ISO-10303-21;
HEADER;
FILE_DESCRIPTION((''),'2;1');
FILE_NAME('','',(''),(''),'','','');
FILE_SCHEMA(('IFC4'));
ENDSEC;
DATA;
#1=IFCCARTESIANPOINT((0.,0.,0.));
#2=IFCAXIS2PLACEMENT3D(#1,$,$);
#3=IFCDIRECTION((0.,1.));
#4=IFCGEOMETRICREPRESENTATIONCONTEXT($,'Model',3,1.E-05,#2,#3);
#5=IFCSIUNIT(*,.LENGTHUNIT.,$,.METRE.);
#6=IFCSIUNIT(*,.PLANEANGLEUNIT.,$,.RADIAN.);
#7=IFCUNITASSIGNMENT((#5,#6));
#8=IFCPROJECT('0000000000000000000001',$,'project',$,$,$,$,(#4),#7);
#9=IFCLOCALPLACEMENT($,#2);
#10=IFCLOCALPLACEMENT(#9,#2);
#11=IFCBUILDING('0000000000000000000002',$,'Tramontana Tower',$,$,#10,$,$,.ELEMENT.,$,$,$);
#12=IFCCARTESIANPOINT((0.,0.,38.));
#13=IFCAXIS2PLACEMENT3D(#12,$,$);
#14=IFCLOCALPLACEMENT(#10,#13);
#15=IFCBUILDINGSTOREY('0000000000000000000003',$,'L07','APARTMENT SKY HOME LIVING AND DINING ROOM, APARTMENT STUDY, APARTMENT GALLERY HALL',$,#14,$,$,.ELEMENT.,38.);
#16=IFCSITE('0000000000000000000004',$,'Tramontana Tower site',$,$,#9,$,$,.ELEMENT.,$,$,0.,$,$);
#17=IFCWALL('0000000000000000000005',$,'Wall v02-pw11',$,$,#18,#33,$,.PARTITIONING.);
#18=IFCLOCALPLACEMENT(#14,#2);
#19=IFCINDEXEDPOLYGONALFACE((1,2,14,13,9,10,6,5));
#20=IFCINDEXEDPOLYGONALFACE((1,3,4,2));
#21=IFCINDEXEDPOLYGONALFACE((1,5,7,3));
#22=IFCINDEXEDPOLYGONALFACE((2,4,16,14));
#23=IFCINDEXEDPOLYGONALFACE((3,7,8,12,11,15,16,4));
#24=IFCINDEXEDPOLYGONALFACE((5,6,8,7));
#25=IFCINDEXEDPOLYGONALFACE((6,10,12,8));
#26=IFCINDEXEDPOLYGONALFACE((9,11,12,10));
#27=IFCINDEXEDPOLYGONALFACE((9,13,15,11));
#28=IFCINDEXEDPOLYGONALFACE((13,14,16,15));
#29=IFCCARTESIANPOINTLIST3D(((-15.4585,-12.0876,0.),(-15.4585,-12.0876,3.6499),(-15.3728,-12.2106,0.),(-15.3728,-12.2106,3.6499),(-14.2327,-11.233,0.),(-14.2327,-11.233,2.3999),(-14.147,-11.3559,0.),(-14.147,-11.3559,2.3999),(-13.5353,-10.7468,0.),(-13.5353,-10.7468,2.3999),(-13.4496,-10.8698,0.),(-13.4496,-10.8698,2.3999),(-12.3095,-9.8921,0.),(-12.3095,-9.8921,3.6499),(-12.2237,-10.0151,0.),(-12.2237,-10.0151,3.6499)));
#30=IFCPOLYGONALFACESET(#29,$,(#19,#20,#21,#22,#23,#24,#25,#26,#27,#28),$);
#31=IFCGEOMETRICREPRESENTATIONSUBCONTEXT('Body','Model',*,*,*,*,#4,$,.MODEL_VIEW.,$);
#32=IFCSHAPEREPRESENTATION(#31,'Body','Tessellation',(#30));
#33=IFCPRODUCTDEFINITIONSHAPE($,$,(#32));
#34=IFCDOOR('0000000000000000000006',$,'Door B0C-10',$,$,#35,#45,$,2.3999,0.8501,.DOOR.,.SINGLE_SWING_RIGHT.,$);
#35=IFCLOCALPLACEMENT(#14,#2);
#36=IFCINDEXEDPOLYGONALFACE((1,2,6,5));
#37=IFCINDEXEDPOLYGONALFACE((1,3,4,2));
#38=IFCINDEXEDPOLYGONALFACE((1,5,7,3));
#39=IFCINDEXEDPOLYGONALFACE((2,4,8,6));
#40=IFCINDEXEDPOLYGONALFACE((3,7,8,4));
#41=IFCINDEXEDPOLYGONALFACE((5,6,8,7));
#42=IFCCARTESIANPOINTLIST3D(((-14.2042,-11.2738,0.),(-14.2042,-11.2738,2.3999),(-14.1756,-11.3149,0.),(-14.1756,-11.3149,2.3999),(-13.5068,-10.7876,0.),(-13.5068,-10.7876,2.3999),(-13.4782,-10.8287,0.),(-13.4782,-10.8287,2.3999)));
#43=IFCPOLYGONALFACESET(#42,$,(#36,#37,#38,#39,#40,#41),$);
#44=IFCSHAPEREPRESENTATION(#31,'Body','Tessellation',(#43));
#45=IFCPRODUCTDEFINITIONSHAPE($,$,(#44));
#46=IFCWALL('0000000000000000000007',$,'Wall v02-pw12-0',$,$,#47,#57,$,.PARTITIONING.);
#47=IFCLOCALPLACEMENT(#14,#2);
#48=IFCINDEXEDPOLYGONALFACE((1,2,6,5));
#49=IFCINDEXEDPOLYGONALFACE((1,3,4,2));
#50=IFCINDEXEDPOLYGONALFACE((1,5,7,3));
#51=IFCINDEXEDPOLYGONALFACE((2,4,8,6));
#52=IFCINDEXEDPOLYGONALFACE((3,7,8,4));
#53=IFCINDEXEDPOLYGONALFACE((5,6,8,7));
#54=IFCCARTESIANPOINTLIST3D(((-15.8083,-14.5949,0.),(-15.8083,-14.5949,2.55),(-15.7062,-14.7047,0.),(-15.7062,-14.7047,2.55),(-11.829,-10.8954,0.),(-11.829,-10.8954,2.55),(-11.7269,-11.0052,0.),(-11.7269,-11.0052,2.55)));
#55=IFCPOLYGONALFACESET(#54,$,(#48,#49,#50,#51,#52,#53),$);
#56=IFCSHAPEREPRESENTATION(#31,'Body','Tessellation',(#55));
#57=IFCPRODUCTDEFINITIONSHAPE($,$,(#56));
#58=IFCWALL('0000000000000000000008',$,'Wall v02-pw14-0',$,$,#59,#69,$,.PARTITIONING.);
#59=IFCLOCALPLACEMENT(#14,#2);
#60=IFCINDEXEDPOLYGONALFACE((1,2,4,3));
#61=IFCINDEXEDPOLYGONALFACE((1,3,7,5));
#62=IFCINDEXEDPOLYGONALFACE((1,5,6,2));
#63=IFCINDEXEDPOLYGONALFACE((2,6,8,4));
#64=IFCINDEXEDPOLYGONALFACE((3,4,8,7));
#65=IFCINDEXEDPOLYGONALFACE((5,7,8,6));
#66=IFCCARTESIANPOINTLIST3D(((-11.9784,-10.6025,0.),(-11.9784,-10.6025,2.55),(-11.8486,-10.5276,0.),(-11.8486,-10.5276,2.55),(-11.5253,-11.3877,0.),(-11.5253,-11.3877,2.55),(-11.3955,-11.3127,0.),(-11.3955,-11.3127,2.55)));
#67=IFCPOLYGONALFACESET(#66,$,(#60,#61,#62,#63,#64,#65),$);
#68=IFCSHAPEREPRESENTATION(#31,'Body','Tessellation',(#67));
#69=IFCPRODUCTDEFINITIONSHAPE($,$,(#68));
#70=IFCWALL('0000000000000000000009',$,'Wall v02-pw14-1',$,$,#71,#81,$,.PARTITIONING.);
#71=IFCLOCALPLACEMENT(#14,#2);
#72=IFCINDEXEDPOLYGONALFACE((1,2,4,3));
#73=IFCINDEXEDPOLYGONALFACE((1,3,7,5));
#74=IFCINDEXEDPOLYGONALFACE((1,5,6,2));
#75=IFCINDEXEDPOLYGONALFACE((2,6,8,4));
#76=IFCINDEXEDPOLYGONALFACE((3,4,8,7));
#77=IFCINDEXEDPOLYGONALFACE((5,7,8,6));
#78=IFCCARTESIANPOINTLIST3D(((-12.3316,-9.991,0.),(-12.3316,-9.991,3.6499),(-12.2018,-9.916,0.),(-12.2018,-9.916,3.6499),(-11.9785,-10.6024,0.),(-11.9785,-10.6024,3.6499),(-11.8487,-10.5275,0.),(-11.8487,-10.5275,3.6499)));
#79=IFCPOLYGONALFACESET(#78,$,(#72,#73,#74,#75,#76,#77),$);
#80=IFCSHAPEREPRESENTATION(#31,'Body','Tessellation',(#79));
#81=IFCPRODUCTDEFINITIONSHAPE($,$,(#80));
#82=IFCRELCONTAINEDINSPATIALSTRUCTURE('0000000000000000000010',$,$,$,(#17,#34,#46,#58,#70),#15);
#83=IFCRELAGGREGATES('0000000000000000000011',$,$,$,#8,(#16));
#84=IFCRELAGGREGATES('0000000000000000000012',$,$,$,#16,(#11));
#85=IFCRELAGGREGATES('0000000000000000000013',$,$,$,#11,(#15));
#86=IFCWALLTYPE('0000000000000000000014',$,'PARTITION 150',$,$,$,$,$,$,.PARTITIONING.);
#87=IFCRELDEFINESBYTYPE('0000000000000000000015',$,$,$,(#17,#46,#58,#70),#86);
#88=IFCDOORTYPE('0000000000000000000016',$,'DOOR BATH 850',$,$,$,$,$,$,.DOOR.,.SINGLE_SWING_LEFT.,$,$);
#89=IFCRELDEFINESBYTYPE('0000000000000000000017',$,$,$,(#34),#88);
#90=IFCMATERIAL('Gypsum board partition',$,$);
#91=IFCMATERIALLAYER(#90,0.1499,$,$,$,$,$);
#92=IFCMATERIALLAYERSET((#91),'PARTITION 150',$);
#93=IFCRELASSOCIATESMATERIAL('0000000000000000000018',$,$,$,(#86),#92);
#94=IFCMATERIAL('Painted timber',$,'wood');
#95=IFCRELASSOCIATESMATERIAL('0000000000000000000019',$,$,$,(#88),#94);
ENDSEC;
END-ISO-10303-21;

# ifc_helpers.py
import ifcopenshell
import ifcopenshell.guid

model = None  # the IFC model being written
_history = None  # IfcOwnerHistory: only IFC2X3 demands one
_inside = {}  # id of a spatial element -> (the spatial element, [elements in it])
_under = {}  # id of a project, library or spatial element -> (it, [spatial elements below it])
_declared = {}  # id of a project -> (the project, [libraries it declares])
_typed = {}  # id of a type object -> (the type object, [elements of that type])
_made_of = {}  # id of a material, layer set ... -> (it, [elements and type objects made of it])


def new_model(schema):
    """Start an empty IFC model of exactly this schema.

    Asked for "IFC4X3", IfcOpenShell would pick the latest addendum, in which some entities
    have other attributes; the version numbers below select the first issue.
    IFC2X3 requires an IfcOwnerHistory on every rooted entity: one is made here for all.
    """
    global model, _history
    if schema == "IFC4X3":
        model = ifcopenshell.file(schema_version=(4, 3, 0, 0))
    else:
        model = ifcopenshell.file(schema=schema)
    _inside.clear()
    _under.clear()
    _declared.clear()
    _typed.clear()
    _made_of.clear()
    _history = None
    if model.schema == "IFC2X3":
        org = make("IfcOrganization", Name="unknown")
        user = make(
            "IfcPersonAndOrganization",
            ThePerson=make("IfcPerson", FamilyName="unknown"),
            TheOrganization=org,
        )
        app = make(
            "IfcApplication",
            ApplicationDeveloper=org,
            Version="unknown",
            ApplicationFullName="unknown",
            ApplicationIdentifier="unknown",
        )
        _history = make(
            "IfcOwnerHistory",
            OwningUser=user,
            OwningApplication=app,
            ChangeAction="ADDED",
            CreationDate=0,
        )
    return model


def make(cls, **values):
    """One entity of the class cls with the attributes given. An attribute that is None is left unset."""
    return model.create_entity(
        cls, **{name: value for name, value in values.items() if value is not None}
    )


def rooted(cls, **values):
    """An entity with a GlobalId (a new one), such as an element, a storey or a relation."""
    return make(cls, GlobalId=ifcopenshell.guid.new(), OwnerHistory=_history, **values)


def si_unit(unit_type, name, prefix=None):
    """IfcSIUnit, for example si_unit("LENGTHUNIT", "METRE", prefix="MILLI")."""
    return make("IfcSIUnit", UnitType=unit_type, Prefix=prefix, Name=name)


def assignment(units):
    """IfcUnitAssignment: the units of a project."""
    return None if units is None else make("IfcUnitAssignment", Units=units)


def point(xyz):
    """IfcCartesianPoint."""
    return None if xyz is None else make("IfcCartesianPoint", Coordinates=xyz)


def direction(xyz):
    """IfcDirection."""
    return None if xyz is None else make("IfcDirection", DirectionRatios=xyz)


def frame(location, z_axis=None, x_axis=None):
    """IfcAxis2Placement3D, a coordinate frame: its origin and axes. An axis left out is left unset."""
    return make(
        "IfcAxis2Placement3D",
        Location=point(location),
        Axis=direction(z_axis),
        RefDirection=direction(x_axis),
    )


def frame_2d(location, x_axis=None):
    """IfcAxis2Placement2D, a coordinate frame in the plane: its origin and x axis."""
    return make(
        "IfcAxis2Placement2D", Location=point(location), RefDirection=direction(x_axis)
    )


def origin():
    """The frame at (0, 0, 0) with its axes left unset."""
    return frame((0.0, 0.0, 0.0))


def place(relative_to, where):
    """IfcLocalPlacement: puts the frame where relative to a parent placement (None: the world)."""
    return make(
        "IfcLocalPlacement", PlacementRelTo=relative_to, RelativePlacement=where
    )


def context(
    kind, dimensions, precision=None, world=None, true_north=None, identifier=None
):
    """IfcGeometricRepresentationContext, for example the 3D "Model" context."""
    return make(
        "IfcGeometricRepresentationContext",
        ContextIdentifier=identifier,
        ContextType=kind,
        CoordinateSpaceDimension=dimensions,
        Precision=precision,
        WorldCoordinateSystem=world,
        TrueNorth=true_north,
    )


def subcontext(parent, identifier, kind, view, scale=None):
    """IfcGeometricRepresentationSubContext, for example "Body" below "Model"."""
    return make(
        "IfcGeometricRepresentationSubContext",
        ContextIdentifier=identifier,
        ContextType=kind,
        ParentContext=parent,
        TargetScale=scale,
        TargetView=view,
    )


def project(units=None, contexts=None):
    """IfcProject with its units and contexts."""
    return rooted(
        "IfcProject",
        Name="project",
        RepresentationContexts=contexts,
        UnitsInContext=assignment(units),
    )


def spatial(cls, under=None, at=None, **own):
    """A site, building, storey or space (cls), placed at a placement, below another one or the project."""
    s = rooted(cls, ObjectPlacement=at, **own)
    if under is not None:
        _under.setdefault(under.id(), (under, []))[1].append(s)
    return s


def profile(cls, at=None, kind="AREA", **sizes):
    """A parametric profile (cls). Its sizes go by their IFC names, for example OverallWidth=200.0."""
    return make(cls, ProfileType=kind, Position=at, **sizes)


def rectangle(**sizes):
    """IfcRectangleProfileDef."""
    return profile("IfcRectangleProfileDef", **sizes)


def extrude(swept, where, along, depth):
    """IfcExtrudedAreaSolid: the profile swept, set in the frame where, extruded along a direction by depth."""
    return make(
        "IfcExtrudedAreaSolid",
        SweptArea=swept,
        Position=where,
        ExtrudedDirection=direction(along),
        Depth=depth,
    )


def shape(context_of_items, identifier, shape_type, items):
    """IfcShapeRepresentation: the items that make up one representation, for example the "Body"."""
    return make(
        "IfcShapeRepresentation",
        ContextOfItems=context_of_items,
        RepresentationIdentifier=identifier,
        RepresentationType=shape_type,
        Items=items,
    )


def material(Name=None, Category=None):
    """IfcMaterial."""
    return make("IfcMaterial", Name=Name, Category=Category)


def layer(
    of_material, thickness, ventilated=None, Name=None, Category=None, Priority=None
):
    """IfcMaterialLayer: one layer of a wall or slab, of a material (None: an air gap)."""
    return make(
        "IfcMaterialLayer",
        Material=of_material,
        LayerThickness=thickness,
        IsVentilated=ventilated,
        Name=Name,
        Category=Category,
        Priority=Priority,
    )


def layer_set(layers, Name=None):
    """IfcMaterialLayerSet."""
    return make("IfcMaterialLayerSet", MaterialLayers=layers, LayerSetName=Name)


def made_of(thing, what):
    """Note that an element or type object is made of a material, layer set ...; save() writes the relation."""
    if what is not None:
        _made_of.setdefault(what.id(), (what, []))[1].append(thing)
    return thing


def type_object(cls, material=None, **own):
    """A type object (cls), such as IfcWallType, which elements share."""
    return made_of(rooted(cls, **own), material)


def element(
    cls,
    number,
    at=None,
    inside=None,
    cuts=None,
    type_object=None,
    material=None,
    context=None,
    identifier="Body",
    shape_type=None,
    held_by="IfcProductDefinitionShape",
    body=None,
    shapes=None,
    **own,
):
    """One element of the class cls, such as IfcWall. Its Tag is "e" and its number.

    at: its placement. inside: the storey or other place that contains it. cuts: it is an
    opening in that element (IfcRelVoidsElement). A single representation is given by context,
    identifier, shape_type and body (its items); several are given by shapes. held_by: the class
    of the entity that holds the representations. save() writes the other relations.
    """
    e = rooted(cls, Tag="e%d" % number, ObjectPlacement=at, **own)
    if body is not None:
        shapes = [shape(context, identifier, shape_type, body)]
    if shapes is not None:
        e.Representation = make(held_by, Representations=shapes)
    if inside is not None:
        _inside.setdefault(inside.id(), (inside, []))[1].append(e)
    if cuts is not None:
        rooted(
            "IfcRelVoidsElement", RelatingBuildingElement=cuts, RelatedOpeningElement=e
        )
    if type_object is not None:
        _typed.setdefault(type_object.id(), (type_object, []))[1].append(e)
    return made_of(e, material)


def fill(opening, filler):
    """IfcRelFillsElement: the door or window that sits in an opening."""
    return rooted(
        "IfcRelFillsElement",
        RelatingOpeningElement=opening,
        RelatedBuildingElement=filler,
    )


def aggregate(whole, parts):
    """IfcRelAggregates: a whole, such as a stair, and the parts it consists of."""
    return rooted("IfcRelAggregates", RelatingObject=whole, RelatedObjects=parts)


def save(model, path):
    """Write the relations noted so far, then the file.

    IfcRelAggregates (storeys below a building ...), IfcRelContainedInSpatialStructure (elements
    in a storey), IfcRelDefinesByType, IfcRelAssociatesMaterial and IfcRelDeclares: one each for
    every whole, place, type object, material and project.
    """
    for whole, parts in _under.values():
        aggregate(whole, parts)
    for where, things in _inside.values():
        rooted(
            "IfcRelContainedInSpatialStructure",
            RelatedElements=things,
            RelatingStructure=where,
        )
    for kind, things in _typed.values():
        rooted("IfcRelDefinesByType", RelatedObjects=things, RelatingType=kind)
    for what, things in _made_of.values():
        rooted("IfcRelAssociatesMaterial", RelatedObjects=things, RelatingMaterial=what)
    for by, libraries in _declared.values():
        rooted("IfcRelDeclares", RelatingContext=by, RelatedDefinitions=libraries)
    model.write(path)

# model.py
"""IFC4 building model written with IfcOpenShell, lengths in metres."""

from ifc_helpers import new_model, si_unit, direction, frame, frame_2d, origin, place, context, subcontext, project, spatial, rectangle, extrude, material, layer, layer_set, type_object, element, fill, save


model = new_model("IFC4")

# Units and contexts
model_context = context("Model", 3, precision=1e-05, world=origin(), true_north=direction((0.0, 1.0)))
body_context = subcontext(model_context, "Body", "Model", "MODEL_VIEW")
ifc_project = project(units=[si_unit("LENGTHUNIT", "METRE"), si_unit("PLANEANGLEUNIT", "RADIAN")], contexts=[model_context])

# Site, building, storey
site_placement = place(None, origin())
site = spatial("IfcSite", under=ifc_project, at=site_placement, Name="Tramontana Tower site", CompositionType="ELEMENT", RefElevation=0.0)
building_placement = place(site_placement, origin())
building = spatial("IfcBuilding", under=site, at=building_placement, Name="Tramontana Tower", CompositionType="ELEMENT")
storey_placement = place(building_placement, frame((0.0, 0.0, 38.0)))
storey = spatial("IfcBuildingStorey", under=building, at=storey_placement, Name="L07", Description="APARTMENT SKY HOME LIVING AND DINING ROOM, APARTMENT STUDY, APARTMENT GALLERY HALL", CompositionType="ELEMENT", Elevation=38.0)

# Wall, opening, door
ifc_material_1 = material(Name="Gypsum board partition")
ifc_layer_1 = layer(ifc_material_1, 0.1499)
ifc_layer_set_1 = layer_set([ifc_layer_1], Name="PARTITION 150")
wall_type_1 = type_object("IfcWallType", Name="PARTITION 150", PredefinedType="PARTITIONING", material=ifc_layer_set_1)
wall_1_placement = place(storey_placement, frame((-12.2666, -9.9536, 0.0), z_axis=(0.0, 0.0, 1.0), x_axis=(-0.820315, -0.571912, 0.0)))
wall_1 = element("IfcWall", 1, at=wall_1_placement, inside=storey, type_object=wall_type_1, Name="Wall v02-pw11", PredefinedType="PARTITIONING", context=body_context, shape_type="SweptSolid", body=[
    extrude(rectangle(XDim=3.8389, YDim=0.1499, at=frame_2d((1.9194, 0.0))), origin(), (0.0, 0.0, 1.0), 3.6499),
])
opening_1_placement = place(wall_1_placement, frame((1.4944, 0.0, 0.0)))
opening_1 = element("IfcOpeningElement", 2, at=opening_1_placement, cuts=wall_1, PredefinedType="OPENING", context=body_context, shape_type="SweptSolid", body=[
    extrude(rectangle(XDim=0.8501, YDim=2.3999, at=frame_2d((0.425, 1.2))), frame((0.0, 0.085, 0.0), z_axis=(0.0, -1.0, 0.0), x_axis=(1.0, 0.0, 0.0)), (0.0, 0.0, 1.0), 0.1699),
])
ifc_material_2 = material(Name="Painted timber", Category="wood")
door_type = type_object("IfcDoorType", Name="DOOR BATH 850", OperationType="SINGLE_SWING_LEFT", PredefinedType="DOOR", material=ifc_material_2)
door_placement = place(opening_1_placement, origin())
door = element("IfcDoor", 3, at=door_placement, inside=storey, type_object=door_type, Name="Door B0C-10", OperationType="SINGLE_SWING_RIGHT", OverallHeight=2.3999, OverallWidth=0.8501, PredefinedType="DOOR", context=body_context, shape_type="SweptSolid", body=[
    extrude(rectangle(XDim=0.8501, YDim=2.3999, at=frame_2d((0.425, 1.2))), frame((0.0, 0.0249, 0.0), z_axis=(0.0, -1.0, 0.0), x_axis=(1.0, 0.0, 0.0)), (0.0, 0.0, 1.0), 0.05),
])
fill(opening_1, door)

# Walls
wall_2_placement = place(storey_placement, frame((-11.7778, -10.9502, 0.0), z_axis=(0.0, 0.0, 1.0), x_axis=(-0.732385, -0.68089, 0.0)))
element("IfcWall", 4, at=wall_2_placement, inside=storey, type_object=wall_type_1, Name="Wall v02-pw12-0", PredefinedType="PARTITIONING", context=body_context, shape_type="SweptSolid", body=[
    extrude(rectangle(XDim=5.4333, YDim=0.1499, at=frame_2d((2.7168, 0.0))), origin(), (0.0, 0.0, 1.0), 2.55),
])
wall_3_placement = place(storey_placement, frame((-11.4604, -11.3501, 0.0), z_axis=(0.0, 0.0, 1.0), x_axis=(-0.499847, 0.866114, 0.0)))
element("IfcWall", 5, at=wall_3_placement, inside=storey, type_object=wall_type_1, Name="Wall v02-pw14-0", PredefinedType="PARTITIONING", context=body_context, shape_type="SweptSolid", body=[
    extrude(rectangle(XDim=0.9065, YDim=0.1499, at=frame_2d((0.4531, 0.0))), origin(), (0.0, 0.0, 1.0), 2.55),
])
wall_4_placement = place(storey_placement, frame((-11.9136, -10.5649, 0.0), z_axis=(0.0, 0.0, 1.0), x_axis=(-0.500082, 0.865978, 0.0)))
element("IfcWall", 6, at=wall_4_placement, inside=storey, type_object=wall_type_1, Name="Wall v02-pw14-1", PredefinedType="PARTITIONING", context=body_context, shape_type="SweptSolid", body=[
    extrude(rectangle(XDim=0.7061, YDim=0.1499, at=frame_2d((0.353, 0.0))), origin(), (0.0, 0.0, 1.0), 3.6499),
])

save(model, "model.ifc")
